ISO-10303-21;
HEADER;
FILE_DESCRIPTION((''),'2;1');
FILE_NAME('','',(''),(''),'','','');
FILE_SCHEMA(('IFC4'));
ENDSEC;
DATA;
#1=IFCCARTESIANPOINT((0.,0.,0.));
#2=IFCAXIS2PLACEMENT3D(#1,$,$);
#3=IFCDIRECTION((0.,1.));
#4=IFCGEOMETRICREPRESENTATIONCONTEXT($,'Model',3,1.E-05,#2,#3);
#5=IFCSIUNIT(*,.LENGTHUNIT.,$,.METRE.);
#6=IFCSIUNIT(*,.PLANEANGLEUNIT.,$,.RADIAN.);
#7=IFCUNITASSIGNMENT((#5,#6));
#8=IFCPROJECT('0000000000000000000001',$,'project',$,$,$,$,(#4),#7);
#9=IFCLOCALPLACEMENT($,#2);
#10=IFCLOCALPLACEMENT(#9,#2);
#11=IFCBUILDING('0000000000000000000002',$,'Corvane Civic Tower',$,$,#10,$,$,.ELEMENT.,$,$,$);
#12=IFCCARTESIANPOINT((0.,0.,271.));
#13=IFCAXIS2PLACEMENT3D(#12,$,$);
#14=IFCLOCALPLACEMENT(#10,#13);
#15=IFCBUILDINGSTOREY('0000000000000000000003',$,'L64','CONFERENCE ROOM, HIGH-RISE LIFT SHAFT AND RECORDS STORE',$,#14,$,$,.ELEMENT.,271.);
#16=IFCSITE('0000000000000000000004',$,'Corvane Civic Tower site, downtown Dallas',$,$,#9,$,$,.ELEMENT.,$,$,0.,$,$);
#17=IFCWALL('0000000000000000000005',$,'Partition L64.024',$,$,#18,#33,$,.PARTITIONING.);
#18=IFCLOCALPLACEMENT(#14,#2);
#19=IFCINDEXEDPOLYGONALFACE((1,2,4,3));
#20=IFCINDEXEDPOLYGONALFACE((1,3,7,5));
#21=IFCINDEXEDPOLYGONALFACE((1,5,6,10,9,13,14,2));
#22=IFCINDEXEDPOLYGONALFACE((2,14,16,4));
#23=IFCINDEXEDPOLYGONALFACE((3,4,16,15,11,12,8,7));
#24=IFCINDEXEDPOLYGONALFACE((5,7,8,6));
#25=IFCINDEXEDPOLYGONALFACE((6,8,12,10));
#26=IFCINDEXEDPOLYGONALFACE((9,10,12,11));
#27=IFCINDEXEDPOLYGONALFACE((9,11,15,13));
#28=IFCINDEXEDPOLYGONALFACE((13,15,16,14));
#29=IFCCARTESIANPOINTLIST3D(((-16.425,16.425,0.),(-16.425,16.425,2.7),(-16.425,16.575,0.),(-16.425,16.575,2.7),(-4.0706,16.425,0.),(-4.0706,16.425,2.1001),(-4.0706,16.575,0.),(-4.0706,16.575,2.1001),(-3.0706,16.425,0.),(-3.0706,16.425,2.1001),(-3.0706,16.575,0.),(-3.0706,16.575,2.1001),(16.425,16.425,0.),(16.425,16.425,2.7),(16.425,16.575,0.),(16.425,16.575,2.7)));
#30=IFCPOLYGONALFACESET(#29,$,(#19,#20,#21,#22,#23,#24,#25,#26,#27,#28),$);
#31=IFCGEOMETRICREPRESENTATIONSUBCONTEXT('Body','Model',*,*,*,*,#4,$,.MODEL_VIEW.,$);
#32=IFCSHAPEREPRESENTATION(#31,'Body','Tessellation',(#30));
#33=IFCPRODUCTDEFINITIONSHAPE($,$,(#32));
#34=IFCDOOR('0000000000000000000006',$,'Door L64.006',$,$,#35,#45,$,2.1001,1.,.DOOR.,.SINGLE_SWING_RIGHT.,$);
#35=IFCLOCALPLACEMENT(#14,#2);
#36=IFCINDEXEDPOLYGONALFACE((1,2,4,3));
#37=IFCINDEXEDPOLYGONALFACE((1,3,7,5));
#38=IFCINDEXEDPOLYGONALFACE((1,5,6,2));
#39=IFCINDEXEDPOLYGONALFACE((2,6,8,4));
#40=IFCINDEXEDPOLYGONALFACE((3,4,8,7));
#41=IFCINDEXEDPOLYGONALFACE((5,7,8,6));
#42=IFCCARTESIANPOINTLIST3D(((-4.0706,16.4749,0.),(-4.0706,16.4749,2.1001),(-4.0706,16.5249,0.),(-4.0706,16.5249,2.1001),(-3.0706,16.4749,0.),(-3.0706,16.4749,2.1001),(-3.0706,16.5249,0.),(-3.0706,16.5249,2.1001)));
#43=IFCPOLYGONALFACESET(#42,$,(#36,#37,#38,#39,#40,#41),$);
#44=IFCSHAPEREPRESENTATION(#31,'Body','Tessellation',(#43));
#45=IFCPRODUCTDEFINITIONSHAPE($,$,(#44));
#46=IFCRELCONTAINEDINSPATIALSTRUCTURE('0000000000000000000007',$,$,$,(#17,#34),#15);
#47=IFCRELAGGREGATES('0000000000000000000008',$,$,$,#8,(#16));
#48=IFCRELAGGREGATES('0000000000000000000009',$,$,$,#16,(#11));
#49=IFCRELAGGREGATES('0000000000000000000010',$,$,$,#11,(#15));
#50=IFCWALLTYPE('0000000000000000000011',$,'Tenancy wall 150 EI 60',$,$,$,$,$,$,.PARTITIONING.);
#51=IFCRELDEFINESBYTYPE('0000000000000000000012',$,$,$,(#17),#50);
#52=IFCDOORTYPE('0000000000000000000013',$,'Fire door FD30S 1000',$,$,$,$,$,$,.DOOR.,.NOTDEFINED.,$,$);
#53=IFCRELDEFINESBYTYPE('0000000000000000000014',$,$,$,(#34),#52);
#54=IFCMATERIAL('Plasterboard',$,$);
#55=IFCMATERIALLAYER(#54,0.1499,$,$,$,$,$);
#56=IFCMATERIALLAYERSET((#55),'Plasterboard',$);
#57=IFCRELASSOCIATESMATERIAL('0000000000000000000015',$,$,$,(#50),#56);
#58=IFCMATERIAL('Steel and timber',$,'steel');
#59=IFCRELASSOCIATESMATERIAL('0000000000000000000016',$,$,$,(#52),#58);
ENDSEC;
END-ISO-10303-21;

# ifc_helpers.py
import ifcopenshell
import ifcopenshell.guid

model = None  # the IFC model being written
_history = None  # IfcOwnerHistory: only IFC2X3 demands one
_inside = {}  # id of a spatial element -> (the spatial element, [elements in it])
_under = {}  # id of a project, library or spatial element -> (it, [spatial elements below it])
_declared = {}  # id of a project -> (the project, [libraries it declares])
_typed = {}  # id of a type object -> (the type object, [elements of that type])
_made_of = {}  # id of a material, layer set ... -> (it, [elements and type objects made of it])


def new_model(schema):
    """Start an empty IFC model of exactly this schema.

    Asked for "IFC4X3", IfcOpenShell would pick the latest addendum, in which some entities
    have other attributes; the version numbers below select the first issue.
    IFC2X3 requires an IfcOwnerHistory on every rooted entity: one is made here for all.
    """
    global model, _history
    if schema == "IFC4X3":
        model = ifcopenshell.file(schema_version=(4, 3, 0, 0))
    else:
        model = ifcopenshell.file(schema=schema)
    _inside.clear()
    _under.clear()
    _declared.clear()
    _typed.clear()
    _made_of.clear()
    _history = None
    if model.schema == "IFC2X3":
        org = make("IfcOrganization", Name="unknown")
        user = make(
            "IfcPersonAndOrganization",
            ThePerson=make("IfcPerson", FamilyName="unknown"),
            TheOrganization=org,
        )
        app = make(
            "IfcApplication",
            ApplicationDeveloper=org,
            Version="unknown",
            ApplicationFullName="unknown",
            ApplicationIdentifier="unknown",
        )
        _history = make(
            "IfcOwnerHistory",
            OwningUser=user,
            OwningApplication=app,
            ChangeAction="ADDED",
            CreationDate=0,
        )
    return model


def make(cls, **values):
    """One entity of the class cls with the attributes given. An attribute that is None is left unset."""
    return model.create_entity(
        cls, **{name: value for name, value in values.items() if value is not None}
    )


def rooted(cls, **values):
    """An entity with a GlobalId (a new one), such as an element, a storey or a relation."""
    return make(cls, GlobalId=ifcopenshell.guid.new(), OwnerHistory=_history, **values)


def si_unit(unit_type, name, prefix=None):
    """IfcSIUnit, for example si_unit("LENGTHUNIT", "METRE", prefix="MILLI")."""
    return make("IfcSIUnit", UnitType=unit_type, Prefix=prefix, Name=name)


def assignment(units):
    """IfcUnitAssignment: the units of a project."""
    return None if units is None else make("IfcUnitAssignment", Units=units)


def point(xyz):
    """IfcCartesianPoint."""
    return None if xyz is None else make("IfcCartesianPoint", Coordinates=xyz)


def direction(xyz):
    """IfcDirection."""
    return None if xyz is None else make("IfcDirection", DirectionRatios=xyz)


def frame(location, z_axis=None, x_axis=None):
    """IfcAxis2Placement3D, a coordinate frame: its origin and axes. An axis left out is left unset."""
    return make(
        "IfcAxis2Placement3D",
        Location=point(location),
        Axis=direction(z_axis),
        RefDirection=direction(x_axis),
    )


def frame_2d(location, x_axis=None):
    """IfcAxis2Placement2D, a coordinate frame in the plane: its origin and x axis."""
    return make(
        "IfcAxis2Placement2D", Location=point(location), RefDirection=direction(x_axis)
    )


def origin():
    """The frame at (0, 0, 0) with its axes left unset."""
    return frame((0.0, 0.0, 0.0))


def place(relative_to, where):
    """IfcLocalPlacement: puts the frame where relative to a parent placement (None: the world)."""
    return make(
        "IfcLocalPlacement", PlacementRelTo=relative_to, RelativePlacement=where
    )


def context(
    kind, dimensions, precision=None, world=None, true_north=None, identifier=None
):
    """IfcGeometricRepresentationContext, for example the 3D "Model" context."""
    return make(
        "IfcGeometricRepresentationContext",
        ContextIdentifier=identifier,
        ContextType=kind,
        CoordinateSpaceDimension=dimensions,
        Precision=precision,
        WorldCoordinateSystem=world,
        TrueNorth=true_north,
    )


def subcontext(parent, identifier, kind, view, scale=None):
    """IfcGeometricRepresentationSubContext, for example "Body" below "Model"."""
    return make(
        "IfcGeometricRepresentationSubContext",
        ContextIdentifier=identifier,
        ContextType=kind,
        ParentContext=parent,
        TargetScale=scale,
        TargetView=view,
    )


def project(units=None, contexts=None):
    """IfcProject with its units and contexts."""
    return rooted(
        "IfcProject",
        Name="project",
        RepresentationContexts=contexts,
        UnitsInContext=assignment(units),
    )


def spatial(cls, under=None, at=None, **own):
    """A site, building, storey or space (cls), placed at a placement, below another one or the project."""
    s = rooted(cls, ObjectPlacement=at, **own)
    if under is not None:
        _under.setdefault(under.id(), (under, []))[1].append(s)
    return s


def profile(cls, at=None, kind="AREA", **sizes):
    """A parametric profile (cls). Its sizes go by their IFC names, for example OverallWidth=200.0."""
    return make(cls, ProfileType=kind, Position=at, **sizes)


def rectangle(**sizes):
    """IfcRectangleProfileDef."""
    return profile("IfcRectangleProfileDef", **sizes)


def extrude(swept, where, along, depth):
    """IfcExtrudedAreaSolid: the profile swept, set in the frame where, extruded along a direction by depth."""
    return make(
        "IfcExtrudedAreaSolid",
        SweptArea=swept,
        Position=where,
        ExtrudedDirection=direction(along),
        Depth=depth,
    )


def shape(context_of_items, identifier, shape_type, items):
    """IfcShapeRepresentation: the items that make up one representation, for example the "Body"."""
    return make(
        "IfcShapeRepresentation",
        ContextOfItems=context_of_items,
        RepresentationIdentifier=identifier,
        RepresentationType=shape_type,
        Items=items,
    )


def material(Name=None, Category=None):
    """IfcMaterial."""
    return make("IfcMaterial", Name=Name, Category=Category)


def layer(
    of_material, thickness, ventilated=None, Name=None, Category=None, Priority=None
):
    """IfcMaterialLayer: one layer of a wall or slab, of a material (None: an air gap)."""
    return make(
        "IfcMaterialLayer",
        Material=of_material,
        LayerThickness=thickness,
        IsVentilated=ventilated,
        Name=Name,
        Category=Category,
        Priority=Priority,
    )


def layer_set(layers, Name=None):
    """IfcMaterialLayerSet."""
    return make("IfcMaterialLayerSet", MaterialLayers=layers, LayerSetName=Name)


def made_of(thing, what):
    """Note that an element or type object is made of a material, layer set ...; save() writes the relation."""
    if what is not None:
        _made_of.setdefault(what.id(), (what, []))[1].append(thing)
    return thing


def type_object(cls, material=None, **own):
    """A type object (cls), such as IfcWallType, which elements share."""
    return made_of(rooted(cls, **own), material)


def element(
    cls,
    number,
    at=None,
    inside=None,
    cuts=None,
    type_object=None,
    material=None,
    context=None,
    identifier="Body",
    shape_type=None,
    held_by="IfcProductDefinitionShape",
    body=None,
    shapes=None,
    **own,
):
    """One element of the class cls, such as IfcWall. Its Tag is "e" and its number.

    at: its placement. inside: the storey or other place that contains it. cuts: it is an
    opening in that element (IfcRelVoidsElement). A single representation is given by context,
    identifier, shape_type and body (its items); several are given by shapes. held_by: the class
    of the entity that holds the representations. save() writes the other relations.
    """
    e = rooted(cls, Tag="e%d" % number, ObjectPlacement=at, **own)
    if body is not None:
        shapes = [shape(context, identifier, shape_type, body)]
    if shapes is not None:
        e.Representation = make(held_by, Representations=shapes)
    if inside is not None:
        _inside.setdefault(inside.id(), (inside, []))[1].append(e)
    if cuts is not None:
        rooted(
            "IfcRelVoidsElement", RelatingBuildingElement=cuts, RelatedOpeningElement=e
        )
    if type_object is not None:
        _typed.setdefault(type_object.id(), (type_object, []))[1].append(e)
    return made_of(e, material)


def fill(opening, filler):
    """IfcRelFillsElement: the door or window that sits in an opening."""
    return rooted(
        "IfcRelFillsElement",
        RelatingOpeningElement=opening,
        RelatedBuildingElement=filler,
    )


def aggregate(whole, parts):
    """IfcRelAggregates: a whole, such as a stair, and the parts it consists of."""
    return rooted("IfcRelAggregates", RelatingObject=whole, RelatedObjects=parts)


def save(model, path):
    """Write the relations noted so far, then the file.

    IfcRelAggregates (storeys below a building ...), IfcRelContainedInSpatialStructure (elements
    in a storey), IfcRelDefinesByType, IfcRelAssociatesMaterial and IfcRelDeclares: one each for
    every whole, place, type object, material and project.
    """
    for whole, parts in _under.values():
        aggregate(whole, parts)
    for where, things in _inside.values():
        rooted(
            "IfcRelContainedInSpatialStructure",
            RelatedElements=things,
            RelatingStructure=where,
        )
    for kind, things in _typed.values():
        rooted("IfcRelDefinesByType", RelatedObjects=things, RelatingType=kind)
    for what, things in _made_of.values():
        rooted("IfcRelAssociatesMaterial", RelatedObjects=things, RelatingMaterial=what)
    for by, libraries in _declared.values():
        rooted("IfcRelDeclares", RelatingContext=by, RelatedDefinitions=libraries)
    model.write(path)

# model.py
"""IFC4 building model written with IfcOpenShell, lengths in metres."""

from ifc_helpers import new_model, si_unit, direction, frame, frame_2d, origin, place, context, subcontext, project, spatial, rectangle, extrude, material, layer, layer_set, type_object, element, fill, save


model = new_model("IFC4")

# Units and contexts
model_context = context("Model", 3, precision=1e-05, world=origin(), true_north=direction((0.0, 1.0)))
body_context = subcontext(model_context, "Body", "Model", "MODEL_VIEW")
ifc_project = project(units=[si_unit("LENGTHUNIT", "METRE"), si_unit("PLANEANGLEUNIT", "RADIAN")], contexts=[model_context])

# Site, building, storey
site_placement = place(None, origin())
site = spatial("IfcSite", under=ifc_project, at=site_placement, Name="Corvane Civic Tower site, downtown Dallas", CompositionType="ELEMENT", RefElevation=0.0)
building_placement = place(site_placement, origin())
building = spatial("IfcBuilding", under=site, at=building_placement, Name="Corvane Civic Tower", CompositionType="ELEMENT")
storey_placement = place(building_placement, frame((0.0, 0.0, 271.0)))
storey = spatial("IfcBuildingStorey", under=building, at=storey_placement, Name="L64", Description="CONFERENCE ROOM, HIGH-RISE LIFT SHAFT AND RECORDS STORE", CompositionType="ELEMENT", Elevation=271.0)

# Wall, opening, door
ifc_material_1 = material(Name="Plasterboard")
ifc_layer_1 = layer(ifc_material_1, 0.1499)
ifc_layer_set_1 = layer_set([ifc_layer_1], Name="Plasterboard")
wall_type_1 = type_object("IfcWallType", Name="Tenancy wall 150 EI 60", PredefinedType="PARTITIONING", material=ifc_layer_set_1)
wall_1_placement = place(storey_placement, frame((-16.425, 16.5, 0.0), z_axis=(0.0, 0.0, 1.0), x_axis=(1.0, 0.0, 0.0)))
wall_1 = element("IfcWall", 1, at=wall_1_placement, inside=storey, type_object=wall_type_1, Name="Partition L64.024", PredefinedType="PARTITIONING", context=body_context, shape_type="SweptSolid", body=[
    extrude(rectangle(XDim=32.8501, YDim=0.1499, at=frame_2d((16.425, 0.0))), origin(), (0.0, 0.0, 1.0), 2.7),
])
opening_1_placement = place(wall_1_placement, frame((12.3545, 0.0, 0.0)))
opening_1 = element("IfcOpeningElement", 2, at=opening_1_placement, cuts=wall_1, PredefinedType="OPENING", context=body_context, shape_type="SweptSolid", body=[
    extrude(rectangle(XDim=1.0, YDim=2.1001, at=frame_2d((0.5, 1.05))), frame((0.0, 0.085, 0.0), z_axis=(0.0, -1.0, 0.0), x_axis=(1.0, 0.0, 0.0)), (0.0, 0.0, 1.0), 0.1699),
])
ifc_material_2 = material(Name="Steel and timber", Category="steel")
door_type_1 = type_object("IfcDoorType", Name="Fire door FD30S 1000", OperationType="NOTDEFINED", PredefinedType="DOOR", material=ifc_material_2)
door_1_placement = place(opening_1_placement, origin())
door_1 = element("IfcDoor", 3, at=door_1_placement, inside=storey, type_object=door_type_1, Name="Door L64.006", OperationType="SINGLE_SWING_RIGHT", OverallHeight=2.1001, OverallWidth=1.0, PredefinedType="DOOR", context=body_context, shape_type="SweptSolid", body=[
    extrude(rectangle(XDim=1.0, YDim=2.1001, at=frame_2d((0.5, 1.05))), frame((0.0, 0.0249, 0.0), z_axis=(0.0, -1.0, 0.0), x_axis=(1.0, 0.0, 0.0)), (0.0, 0.0, 1.0), 0.05),
])
fill(opening_1, door_1)

save(model, "model.ifc")
